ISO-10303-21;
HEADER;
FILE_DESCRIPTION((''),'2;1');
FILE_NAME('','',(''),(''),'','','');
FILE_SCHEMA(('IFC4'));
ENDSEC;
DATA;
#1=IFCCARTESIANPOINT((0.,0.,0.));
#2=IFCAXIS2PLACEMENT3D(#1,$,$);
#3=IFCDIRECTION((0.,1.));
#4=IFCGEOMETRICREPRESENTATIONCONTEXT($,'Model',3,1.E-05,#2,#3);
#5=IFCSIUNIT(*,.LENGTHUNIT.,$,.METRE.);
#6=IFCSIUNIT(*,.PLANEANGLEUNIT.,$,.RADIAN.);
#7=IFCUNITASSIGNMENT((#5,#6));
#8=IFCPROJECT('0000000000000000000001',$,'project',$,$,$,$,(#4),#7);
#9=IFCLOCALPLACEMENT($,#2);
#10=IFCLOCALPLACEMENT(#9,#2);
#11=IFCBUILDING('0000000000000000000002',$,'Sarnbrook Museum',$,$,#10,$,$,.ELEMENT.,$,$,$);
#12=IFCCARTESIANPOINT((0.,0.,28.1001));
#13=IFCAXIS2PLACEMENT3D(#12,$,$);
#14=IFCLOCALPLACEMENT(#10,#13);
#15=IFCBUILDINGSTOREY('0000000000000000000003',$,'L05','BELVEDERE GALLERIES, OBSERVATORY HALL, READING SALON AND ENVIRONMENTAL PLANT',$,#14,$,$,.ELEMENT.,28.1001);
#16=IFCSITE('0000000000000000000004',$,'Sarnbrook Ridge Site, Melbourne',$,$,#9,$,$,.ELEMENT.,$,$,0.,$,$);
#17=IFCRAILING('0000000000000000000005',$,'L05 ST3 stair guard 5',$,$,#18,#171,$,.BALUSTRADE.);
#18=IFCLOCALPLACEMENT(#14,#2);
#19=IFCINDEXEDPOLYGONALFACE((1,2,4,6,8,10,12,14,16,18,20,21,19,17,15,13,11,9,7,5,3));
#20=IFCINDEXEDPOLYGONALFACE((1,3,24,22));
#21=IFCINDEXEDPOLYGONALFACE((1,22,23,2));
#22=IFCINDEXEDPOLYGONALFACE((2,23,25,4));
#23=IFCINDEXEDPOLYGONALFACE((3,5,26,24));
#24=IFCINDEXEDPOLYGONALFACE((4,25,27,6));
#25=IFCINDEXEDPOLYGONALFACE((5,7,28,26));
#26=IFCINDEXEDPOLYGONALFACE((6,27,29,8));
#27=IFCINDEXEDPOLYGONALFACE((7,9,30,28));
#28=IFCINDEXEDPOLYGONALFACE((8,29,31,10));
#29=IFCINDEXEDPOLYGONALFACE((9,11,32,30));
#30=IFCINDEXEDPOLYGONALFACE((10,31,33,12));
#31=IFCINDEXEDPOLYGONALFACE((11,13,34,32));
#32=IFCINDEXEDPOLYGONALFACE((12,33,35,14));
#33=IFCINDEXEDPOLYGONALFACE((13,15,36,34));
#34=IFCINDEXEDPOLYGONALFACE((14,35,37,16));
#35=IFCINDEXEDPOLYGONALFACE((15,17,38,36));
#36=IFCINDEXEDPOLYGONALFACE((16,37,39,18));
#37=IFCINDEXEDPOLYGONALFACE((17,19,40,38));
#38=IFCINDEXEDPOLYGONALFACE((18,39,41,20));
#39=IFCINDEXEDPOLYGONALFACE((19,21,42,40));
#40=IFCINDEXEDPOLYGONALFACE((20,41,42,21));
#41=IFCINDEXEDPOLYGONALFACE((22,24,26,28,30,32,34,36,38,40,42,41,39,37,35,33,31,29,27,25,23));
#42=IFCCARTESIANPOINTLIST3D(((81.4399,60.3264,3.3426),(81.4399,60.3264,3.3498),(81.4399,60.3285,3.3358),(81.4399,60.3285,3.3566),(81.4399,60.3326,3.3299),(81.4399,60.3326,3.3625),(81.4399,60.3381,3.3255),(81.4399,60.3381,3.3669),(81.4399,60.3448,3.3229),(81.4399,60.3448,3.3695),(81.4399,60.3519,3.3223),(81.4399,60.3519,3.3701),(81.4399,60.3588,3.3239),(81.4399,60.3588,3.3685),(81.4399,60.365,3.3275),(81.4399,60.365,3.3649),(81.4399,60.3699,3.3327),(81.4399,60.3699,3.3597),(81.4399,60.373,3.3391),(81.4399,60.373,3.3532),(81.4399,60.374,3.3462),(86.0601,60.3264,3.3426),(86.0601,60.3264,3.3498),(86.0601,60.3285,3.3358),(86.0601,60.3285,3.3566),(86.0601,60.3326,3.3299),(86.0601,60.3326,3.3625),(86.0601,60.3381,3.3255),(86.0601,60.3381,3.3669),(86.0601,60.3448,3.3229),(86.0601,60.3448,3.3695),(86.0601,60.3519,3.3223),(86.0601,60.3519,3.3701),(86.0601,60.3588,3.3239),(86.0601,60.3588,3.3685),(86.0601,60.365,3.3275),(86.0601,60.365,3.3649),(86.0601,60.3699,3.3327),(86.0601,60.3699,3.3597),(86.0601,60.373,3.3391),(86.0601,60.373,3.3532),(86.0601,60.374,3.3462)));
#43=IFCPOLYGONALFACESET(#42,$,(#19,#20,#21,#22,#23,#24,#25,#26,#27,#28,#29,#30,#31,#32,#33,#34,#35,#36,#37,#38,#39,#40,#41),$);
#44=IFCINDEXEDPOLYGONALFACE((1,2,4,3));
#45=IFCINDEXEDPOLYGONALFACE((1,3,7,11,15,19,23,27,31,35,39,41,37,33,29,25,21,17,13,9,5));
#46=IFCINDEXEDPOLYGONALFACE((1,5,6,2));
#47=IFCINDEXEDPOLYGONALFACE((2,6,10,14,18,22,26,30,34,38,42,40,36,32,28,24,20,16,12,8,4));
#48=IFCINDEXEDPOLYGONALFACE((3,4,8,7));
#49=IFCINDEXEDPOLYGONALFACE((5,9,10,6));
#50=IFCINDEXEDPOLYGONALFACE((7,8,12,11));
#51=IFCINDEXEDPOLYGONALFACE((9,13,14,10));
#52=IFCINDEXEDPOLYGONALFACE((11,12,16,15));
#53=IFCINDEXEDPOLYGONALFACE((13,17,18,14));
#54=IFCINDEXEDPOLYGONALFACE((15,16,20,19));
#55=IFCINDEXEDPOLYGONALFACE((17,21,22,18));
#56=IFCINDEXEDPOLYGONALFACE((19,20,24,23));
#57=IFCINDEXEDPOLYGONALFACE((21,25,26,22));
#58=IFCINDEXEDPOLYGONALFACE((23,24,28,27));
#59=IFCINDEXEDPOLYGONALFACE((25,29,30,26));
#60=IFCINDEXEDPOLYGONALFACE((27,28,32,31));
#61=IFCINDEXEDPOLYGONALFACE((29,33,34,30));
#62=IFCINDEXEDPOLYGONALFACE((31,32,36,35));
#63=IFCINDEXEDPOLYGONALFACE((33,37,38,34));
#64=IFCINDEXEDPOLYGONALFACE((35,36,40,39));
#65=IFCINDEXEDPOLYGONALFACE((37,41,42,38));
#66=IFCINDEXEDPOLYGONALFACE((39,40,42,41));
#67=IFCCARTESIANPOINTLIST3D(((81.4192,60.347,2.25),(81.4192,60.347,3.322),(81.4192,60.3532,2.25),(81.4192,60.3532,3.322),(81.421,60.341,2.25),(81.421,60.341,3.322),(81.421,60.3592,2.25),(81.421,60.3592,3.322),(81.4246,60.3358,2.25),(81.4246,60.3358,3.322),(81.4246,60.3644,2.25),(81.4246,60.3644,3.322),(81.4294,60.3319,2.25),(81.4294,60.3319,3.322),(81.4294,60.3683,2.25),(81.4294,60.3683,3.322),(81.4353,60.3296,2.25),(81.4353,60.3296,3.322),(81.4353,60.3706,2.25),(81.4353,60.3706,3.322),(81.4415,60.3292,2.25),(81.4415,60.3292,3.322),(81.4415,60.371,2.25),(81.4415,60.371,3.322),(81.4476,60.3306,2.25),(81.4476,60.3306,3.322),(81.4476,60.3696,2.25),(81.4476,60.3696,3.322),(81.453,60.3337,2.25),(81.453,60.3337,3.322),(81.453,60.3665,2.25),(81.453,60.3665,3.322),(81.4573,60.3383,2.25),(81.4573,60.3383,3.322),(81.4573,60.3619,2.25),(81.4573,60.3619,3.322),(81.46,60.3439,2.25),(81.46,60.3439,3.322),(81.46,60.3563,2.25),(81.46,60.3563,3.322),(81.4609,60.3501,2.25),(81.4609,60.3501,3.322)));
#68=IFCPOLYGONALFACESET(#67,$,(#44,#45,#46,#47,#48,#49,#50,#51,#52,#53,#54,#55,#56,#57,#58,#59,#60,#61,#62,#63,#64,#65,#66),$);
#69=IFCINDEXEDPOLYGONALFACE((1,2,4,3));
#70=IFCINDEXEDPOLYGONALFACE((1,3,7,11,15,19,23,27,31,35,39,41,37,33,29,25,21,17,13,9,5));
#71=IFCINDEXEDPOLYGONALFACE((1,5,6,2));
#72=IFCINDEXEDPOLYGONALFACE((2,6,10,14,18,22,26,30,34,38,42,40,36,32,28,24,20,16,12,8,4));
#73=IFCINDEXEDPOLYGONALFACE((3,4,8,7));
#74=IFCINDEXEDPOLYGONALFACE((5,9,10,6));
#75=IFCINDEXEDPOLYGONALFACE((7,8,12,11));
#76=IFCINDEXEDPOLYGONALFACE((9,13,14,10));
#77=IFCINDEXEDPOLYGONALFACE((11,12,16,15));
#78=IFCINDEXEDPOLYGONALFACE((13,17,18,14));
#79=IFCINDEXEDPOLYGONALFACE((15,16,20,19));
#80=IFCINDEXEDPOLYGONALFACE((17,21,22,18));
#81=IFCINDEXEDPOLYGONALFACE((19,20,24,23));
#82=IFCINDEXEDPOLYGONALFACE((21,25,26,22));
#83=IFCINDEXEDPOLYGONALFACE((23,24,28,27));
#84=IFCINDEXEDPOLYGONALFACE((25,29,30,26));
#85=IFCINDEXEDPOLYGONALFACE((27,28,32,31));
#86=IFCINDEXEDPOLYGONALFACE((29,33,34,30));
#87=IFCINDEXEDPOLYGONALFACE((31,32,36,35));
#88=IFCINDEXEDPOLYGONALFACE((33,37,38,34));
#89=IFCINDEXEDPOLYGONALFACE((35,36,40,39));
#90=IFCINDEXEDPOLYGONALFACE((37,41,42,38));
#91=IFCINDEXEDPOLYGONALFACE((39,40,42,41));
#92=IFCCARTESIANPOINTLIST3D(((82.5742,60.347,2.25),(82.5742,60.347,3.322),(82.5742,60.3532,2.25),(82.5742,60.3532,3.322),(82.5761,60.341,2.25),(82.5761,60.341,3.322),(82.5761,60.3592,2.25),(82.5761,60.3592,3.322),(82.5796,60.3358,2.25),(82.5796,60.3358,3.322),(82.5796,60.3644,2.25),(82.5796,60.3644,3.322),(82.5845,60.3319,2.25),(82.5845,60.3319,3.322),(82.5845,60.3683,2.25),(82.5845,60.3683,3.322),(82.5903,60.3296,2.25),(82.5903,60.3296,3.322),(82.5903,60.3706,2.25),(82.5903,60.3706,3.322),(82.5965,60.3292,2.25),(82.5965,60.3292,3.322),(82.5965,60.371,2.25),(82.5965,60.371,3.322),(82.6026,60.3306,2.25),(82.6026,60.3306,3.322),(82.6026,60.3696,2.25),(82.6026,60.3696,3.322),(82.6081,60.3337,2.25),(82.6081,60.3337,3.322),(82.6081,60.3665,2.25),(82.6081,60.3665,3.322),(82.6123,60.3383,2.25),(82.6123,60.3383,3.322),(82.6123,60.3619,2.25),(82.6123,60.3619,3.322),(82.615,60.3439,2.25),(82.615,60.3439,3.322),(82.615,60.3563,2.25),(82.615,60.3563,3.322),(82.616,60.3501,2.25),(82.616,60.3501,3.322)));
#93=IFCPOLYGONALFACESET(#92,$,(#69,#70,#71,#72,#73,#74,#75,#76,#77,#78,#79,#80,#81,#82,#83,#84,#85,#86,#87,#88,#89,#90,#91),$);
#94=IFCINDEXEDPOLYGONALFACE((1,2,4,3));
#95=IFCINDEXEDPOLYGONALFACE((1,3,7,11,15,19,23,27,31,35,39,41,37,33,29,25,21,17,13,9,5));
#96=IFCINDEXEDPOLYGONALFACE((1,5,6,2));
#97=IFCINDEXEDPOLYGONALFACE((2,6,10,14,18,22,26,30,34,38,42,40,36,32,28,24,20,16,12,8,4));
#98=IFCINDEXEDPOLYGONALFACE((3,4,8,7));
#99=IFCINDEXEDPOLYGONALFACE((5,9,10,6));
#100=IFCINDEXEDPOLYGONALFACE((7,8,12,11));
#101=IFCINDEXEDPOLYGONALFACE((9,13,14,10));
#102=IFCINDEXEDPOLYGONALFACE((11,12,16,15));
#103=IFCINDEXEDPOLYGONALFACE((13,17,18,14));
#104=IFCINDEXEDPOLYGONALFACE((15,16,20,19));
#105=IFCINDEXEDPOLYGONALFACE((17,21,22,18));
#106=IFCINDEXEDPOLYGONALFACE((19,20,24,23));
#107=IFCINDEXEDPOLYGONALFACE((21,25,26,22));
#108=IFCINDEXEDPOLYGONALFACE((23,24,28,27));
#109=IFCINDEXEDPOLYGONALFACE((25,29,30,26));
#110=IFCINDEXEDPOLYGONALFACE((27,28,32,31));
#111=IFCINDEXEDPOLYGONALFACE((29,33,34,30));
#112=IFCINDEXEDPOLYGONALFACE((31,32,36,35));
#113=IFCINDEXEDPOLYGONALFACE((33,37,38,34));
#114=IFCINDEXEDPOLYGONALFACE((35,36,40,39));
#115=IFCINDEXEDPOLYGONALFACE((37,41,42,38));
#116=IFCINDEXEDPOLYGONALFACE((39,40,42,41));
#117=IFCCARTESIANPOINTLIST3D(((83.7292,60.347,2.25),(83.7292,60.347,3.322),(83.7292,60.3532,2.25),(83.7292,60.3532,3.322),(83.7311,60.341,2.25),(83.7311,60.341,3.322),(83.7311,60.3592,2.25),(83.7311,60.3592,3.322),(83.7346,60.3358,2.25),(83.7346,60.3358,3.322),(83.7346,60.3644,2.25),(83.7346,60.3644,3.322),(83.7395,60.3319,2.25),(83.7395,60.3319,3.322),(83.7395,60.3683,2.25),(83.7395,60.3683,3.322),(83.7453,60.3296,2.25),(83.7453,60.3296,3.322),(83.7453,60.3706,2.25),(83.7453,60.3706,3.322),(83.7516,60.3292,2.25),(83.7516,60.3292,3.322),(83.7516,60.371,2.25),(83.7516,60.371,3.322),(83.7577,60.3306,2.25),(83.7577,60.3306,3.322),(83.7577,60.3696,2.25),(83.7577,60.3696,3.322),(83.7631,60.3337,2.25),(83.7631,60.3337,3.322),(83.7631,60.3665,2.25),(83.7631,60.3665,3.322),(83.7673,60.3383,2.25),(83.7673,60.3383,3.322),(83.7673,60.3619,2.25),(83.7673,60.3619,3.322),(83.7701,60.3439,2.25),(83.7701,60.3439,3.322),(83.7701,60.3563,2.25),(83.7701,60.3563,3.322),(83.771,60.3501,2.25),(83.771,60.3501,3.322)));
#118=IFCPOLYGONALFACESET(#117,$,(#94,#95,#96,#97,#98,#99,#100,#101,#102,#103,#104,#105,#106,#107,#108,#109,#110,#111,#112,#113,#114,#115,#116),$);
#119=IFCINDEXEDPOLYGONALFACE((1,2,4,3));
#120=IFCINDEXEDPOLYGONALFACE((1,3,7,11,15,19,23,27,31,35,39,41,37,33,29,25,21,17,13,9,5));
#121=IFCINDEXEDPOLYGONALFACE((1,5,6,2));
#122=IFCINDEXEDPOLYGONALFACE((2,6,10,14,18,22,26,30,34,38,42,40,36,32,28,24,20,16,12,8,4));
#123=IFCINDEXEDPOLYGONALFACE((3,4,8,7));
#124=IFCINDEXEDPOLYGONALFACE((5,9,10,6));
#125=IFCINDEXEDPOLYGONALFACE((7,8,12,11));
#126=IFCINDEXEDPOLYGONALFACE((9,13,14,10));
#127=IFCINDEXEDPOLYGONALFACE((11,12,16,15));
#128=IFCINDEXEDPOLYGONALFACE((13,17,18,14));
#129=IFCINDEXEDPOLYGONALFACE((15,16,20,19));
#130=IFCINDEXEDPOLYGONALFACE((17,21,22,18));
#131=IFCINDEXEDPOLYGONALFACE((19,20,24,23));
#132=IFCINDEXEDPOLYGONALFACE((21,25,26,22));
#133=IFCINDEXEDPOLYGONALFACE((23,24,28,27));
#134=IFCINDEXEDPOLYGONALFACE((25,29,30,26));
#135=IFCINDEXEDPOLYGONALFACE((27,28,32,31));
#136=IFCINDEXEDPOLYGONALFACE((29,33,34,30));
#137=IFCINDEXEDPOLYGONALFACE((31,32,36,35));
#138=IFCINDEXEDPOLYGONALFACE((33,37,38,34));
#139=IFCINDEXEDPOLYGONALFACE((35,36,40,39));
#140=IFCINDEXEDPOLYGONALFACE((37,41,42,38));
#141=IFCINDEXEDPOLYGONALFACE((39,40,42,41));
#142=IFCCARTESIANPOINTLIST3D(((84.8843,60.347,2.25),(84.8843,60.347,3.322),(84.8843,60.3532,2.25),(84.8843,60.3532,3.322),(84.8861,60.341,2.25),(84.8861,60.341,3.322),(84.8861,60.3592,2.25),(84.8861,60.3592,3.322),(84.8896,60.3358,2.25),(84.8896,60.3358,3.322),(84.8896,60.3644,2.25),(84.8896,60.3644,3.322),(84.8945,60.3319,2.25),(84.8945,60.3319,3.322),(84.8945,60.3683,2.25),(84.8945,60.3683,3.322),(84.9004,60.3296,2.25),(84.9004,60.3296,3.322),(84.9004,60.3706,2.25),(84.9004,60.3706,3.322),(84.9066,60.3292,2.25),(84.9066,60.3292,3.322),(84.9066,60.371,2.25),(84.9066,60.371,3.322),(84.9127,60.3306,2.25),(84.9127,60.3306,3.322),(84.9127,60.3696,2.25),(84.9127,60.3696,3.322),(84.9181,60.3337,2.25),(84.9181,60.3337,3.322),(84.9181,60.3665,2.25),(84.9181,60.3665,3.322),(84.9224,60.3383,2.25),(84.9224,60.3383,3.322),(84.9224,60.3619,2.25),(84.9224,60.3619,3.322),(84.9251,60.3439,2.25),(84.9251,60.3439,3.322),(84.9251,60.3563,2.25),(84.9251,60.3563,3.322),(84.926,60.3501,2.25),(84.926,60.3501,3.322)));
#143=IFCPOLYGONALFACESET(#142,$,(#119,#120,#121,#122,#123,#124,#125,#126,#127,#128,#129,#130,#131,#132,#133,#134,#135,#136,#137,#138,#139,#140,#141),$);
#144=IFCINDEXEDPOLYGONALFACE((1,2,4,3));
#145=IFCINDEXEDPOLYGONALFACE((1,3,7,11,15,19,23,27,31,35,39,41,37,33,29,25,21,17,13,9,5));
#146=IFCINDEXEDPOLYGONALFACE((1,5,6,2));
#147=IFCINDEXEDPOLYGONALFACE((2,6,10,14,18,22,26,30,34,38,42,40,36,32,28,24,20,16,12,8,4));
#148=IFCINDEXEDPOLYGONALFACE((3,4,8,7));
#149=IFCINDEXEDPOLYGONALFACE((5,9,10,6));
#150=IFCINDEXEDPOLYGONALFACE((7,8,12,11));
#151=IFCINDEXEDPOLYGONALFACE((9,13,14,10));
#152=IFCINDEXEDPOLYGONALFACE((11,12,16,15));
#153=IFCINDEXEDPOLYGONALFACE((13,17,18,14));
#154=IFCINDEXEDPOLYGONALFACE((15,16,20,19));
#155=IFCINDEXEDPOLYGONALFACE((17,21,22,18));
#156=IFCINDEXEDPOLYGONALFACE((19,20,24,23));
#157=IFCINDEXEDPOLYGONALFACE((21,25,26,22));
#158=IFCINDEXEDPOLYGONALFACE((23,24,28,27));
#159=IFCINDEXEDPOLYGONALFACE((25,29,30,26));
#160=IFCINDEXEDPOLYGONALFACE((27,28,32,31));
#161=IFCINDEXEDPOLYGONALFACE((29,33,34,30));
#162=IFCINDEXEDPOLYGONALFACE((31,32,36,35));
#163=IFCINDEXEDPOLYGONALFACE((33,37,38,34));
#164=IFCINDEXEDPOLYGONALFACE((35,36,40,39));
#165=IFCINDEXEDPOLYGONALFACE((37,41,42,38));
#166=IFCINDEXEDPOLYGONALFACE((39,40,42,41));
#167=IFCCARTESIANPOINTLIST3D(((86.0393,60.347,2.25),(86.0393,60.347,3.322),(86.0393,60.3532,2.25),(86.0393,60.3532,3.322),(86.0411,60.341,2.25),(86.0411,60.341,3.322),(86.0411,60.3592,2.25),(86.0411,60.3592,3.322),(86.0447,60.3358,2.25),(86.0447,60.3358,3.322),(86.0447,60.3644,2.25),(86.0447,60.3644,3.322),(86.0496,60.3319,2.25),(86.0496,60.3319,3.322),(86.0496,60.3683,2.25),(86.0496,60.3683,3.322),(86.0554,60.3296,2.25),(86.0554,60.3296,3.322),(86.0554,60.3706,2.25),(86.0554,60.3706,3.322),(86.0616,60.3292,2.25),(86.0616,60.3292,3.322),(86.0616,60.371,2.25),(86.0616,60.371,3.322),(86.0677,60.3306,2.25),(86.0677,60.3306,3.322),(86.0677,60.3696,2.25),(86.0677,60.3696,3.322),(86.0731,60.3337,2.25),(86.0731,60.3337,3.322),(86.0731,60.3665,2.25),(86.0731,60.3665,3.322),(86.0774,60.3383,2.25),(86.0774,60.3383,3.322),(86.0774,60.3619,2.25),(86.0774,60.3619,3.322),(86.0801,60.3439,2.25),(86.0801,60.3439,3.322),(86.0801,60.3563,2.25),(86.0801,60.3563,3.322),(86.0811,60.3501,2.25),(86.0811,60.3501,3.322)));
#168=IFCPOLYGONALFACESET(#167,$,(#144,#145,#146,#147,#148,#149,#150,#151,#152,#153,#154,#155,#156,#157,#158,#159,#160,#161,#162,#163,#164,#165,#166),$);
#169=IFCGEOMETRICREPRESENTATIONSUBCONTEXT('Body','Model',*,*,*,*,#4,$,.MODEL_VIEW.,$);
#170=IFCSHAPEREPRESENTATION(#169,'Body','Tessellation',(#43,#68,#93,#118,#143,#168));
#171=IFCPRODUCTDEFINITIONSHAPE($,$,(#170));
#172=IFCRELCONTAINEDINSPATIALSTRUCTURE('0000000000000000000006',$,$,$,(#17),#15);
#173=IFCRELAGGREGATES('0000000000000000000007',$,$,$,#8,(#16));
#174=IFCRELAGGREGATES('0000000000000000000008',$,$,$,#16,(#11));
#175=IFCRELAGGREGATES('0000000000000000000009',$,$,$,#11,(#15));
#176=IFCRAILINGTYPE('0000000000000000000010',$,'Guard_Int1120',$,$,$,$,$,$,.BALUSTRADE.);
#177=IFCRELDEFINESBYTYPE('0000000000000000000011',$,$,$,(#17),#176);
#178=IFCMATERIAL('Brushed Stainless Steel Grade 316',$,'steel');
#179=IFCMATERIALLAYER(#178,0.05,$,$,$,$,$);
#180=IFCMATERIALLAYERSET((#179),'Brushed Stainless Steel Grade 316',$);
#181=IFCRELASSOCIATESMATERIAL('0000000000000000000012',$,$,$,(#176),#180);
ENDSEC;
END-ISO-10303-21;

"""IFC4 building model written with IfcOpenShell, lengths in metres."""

from ifc_helpers import new_model, si_unit, direction, frame, origin, origin_2d, place, context, subcontext, project, spatial, circle, extrude, material, layer, layer_set, type_object, element, save


model = new_model("IFC4")

# Units and contexts
model_context = context("Model", 3, precision=1e-05, world=origin(), true_north=direction((0.0, 1.0)))
body_context = subcontext(model_context, "Body", "Model", "MODEL_VIEW")
ifc_project = project(units=[si_unit("LENGTHUNIT", "METRE"), si_unit("PLANEANGLEUNIT", "RADIAN")], contexts=[model_context])

# Site, building, storey
site_placement = place(None, origin())
site = spatial("IfcSite", under=ifc_project, at=site_placement, Name="Sarnbrook Ridge Site, Melbourne", CompositionType="ELEMENT", RefElevation=0.0)
building_placement = place(site_placement, origin())
building = spatial("IfcBuilding", under=site, at=building_placement, Name="Sarnbrook Museum", CompositionType="ELEMENT")
storey_placement = place(building_placement, frame((0.0, 0.0, 28.1001)))
storey = spatial("IfcBuildingStorey", under=building, at=storey_placement, Name="L05", Description="BELVEDERE GALLERIES, OBSERVATORY HALL, READING SALON AND ENVIRONMENTAL PLANT", CompositionType="ELEMENT", Elevation=28.1001)

# Shared definitions
ifc_material_1 = material(Name="Brushed Stainless Steel Grade 316", Category="steel")

# Railing
ifc_layer_1 = layer(ifc_material_1, 0.05)
ifc_layer_set_1 = layer_set([ifc_layer_1], Name="Brushed Stainless Steel Grade 316")
railing_type_1 = type_object("IfcRailingType", Name="Guard_Int1120", PredefinedType="BALUSTRADE", material=ifc_layer_set_1)
railing_1_placement = place(storey_placement, frame((81.4399, 60.3501, 2.25)))
element("IfcRailing", 1, at=railing_1_placement, inside=storey, type_object=railing_type_1, Name="L05 ST3 stair guard 5", PredefinedType="BALUSTRADE", context=body_context, shape_type="SweptSolid", body=[
    extrude(circle(Radius=0.0239, at=origin_2d()), frame((0.0, 0.0, 1.0962), z_axis=(1.0, 0.0, 0.0), x_axis=(0.0, 1.0, 0.0)), (0.0, 0.0, 1.0), 4.6201),
    extrude(circle(Radius=0.021, at=origin_2d()), origin(), (0.0, 0.0, 1.0), 1.072),
    extrude(circle(Radius=0.021, at=origin_2d()), frame((1.155, 0.0, 0.0)), (0.0, 0.0, 1.0), 1.072),
    extrude(circle(Radius=0.021, at=origin_2d()), frame((2.3101, 0.0, 0.0)), (0.0, 0.0, 1.0), 1.072),
    extrude(circle(Radius=0.021, at=origin_2d()), frame((3.4651, 0.0, 0.0)), (0.0, 0.0, 1.0), 1.072),
    extrude(circle(Radius=0.021, at=origin_2d()), frame((4.6201, 0.0, 0.0)), (0.0, 0.0, 1.0), 1.072),
])

save(model, "model.ifc")
